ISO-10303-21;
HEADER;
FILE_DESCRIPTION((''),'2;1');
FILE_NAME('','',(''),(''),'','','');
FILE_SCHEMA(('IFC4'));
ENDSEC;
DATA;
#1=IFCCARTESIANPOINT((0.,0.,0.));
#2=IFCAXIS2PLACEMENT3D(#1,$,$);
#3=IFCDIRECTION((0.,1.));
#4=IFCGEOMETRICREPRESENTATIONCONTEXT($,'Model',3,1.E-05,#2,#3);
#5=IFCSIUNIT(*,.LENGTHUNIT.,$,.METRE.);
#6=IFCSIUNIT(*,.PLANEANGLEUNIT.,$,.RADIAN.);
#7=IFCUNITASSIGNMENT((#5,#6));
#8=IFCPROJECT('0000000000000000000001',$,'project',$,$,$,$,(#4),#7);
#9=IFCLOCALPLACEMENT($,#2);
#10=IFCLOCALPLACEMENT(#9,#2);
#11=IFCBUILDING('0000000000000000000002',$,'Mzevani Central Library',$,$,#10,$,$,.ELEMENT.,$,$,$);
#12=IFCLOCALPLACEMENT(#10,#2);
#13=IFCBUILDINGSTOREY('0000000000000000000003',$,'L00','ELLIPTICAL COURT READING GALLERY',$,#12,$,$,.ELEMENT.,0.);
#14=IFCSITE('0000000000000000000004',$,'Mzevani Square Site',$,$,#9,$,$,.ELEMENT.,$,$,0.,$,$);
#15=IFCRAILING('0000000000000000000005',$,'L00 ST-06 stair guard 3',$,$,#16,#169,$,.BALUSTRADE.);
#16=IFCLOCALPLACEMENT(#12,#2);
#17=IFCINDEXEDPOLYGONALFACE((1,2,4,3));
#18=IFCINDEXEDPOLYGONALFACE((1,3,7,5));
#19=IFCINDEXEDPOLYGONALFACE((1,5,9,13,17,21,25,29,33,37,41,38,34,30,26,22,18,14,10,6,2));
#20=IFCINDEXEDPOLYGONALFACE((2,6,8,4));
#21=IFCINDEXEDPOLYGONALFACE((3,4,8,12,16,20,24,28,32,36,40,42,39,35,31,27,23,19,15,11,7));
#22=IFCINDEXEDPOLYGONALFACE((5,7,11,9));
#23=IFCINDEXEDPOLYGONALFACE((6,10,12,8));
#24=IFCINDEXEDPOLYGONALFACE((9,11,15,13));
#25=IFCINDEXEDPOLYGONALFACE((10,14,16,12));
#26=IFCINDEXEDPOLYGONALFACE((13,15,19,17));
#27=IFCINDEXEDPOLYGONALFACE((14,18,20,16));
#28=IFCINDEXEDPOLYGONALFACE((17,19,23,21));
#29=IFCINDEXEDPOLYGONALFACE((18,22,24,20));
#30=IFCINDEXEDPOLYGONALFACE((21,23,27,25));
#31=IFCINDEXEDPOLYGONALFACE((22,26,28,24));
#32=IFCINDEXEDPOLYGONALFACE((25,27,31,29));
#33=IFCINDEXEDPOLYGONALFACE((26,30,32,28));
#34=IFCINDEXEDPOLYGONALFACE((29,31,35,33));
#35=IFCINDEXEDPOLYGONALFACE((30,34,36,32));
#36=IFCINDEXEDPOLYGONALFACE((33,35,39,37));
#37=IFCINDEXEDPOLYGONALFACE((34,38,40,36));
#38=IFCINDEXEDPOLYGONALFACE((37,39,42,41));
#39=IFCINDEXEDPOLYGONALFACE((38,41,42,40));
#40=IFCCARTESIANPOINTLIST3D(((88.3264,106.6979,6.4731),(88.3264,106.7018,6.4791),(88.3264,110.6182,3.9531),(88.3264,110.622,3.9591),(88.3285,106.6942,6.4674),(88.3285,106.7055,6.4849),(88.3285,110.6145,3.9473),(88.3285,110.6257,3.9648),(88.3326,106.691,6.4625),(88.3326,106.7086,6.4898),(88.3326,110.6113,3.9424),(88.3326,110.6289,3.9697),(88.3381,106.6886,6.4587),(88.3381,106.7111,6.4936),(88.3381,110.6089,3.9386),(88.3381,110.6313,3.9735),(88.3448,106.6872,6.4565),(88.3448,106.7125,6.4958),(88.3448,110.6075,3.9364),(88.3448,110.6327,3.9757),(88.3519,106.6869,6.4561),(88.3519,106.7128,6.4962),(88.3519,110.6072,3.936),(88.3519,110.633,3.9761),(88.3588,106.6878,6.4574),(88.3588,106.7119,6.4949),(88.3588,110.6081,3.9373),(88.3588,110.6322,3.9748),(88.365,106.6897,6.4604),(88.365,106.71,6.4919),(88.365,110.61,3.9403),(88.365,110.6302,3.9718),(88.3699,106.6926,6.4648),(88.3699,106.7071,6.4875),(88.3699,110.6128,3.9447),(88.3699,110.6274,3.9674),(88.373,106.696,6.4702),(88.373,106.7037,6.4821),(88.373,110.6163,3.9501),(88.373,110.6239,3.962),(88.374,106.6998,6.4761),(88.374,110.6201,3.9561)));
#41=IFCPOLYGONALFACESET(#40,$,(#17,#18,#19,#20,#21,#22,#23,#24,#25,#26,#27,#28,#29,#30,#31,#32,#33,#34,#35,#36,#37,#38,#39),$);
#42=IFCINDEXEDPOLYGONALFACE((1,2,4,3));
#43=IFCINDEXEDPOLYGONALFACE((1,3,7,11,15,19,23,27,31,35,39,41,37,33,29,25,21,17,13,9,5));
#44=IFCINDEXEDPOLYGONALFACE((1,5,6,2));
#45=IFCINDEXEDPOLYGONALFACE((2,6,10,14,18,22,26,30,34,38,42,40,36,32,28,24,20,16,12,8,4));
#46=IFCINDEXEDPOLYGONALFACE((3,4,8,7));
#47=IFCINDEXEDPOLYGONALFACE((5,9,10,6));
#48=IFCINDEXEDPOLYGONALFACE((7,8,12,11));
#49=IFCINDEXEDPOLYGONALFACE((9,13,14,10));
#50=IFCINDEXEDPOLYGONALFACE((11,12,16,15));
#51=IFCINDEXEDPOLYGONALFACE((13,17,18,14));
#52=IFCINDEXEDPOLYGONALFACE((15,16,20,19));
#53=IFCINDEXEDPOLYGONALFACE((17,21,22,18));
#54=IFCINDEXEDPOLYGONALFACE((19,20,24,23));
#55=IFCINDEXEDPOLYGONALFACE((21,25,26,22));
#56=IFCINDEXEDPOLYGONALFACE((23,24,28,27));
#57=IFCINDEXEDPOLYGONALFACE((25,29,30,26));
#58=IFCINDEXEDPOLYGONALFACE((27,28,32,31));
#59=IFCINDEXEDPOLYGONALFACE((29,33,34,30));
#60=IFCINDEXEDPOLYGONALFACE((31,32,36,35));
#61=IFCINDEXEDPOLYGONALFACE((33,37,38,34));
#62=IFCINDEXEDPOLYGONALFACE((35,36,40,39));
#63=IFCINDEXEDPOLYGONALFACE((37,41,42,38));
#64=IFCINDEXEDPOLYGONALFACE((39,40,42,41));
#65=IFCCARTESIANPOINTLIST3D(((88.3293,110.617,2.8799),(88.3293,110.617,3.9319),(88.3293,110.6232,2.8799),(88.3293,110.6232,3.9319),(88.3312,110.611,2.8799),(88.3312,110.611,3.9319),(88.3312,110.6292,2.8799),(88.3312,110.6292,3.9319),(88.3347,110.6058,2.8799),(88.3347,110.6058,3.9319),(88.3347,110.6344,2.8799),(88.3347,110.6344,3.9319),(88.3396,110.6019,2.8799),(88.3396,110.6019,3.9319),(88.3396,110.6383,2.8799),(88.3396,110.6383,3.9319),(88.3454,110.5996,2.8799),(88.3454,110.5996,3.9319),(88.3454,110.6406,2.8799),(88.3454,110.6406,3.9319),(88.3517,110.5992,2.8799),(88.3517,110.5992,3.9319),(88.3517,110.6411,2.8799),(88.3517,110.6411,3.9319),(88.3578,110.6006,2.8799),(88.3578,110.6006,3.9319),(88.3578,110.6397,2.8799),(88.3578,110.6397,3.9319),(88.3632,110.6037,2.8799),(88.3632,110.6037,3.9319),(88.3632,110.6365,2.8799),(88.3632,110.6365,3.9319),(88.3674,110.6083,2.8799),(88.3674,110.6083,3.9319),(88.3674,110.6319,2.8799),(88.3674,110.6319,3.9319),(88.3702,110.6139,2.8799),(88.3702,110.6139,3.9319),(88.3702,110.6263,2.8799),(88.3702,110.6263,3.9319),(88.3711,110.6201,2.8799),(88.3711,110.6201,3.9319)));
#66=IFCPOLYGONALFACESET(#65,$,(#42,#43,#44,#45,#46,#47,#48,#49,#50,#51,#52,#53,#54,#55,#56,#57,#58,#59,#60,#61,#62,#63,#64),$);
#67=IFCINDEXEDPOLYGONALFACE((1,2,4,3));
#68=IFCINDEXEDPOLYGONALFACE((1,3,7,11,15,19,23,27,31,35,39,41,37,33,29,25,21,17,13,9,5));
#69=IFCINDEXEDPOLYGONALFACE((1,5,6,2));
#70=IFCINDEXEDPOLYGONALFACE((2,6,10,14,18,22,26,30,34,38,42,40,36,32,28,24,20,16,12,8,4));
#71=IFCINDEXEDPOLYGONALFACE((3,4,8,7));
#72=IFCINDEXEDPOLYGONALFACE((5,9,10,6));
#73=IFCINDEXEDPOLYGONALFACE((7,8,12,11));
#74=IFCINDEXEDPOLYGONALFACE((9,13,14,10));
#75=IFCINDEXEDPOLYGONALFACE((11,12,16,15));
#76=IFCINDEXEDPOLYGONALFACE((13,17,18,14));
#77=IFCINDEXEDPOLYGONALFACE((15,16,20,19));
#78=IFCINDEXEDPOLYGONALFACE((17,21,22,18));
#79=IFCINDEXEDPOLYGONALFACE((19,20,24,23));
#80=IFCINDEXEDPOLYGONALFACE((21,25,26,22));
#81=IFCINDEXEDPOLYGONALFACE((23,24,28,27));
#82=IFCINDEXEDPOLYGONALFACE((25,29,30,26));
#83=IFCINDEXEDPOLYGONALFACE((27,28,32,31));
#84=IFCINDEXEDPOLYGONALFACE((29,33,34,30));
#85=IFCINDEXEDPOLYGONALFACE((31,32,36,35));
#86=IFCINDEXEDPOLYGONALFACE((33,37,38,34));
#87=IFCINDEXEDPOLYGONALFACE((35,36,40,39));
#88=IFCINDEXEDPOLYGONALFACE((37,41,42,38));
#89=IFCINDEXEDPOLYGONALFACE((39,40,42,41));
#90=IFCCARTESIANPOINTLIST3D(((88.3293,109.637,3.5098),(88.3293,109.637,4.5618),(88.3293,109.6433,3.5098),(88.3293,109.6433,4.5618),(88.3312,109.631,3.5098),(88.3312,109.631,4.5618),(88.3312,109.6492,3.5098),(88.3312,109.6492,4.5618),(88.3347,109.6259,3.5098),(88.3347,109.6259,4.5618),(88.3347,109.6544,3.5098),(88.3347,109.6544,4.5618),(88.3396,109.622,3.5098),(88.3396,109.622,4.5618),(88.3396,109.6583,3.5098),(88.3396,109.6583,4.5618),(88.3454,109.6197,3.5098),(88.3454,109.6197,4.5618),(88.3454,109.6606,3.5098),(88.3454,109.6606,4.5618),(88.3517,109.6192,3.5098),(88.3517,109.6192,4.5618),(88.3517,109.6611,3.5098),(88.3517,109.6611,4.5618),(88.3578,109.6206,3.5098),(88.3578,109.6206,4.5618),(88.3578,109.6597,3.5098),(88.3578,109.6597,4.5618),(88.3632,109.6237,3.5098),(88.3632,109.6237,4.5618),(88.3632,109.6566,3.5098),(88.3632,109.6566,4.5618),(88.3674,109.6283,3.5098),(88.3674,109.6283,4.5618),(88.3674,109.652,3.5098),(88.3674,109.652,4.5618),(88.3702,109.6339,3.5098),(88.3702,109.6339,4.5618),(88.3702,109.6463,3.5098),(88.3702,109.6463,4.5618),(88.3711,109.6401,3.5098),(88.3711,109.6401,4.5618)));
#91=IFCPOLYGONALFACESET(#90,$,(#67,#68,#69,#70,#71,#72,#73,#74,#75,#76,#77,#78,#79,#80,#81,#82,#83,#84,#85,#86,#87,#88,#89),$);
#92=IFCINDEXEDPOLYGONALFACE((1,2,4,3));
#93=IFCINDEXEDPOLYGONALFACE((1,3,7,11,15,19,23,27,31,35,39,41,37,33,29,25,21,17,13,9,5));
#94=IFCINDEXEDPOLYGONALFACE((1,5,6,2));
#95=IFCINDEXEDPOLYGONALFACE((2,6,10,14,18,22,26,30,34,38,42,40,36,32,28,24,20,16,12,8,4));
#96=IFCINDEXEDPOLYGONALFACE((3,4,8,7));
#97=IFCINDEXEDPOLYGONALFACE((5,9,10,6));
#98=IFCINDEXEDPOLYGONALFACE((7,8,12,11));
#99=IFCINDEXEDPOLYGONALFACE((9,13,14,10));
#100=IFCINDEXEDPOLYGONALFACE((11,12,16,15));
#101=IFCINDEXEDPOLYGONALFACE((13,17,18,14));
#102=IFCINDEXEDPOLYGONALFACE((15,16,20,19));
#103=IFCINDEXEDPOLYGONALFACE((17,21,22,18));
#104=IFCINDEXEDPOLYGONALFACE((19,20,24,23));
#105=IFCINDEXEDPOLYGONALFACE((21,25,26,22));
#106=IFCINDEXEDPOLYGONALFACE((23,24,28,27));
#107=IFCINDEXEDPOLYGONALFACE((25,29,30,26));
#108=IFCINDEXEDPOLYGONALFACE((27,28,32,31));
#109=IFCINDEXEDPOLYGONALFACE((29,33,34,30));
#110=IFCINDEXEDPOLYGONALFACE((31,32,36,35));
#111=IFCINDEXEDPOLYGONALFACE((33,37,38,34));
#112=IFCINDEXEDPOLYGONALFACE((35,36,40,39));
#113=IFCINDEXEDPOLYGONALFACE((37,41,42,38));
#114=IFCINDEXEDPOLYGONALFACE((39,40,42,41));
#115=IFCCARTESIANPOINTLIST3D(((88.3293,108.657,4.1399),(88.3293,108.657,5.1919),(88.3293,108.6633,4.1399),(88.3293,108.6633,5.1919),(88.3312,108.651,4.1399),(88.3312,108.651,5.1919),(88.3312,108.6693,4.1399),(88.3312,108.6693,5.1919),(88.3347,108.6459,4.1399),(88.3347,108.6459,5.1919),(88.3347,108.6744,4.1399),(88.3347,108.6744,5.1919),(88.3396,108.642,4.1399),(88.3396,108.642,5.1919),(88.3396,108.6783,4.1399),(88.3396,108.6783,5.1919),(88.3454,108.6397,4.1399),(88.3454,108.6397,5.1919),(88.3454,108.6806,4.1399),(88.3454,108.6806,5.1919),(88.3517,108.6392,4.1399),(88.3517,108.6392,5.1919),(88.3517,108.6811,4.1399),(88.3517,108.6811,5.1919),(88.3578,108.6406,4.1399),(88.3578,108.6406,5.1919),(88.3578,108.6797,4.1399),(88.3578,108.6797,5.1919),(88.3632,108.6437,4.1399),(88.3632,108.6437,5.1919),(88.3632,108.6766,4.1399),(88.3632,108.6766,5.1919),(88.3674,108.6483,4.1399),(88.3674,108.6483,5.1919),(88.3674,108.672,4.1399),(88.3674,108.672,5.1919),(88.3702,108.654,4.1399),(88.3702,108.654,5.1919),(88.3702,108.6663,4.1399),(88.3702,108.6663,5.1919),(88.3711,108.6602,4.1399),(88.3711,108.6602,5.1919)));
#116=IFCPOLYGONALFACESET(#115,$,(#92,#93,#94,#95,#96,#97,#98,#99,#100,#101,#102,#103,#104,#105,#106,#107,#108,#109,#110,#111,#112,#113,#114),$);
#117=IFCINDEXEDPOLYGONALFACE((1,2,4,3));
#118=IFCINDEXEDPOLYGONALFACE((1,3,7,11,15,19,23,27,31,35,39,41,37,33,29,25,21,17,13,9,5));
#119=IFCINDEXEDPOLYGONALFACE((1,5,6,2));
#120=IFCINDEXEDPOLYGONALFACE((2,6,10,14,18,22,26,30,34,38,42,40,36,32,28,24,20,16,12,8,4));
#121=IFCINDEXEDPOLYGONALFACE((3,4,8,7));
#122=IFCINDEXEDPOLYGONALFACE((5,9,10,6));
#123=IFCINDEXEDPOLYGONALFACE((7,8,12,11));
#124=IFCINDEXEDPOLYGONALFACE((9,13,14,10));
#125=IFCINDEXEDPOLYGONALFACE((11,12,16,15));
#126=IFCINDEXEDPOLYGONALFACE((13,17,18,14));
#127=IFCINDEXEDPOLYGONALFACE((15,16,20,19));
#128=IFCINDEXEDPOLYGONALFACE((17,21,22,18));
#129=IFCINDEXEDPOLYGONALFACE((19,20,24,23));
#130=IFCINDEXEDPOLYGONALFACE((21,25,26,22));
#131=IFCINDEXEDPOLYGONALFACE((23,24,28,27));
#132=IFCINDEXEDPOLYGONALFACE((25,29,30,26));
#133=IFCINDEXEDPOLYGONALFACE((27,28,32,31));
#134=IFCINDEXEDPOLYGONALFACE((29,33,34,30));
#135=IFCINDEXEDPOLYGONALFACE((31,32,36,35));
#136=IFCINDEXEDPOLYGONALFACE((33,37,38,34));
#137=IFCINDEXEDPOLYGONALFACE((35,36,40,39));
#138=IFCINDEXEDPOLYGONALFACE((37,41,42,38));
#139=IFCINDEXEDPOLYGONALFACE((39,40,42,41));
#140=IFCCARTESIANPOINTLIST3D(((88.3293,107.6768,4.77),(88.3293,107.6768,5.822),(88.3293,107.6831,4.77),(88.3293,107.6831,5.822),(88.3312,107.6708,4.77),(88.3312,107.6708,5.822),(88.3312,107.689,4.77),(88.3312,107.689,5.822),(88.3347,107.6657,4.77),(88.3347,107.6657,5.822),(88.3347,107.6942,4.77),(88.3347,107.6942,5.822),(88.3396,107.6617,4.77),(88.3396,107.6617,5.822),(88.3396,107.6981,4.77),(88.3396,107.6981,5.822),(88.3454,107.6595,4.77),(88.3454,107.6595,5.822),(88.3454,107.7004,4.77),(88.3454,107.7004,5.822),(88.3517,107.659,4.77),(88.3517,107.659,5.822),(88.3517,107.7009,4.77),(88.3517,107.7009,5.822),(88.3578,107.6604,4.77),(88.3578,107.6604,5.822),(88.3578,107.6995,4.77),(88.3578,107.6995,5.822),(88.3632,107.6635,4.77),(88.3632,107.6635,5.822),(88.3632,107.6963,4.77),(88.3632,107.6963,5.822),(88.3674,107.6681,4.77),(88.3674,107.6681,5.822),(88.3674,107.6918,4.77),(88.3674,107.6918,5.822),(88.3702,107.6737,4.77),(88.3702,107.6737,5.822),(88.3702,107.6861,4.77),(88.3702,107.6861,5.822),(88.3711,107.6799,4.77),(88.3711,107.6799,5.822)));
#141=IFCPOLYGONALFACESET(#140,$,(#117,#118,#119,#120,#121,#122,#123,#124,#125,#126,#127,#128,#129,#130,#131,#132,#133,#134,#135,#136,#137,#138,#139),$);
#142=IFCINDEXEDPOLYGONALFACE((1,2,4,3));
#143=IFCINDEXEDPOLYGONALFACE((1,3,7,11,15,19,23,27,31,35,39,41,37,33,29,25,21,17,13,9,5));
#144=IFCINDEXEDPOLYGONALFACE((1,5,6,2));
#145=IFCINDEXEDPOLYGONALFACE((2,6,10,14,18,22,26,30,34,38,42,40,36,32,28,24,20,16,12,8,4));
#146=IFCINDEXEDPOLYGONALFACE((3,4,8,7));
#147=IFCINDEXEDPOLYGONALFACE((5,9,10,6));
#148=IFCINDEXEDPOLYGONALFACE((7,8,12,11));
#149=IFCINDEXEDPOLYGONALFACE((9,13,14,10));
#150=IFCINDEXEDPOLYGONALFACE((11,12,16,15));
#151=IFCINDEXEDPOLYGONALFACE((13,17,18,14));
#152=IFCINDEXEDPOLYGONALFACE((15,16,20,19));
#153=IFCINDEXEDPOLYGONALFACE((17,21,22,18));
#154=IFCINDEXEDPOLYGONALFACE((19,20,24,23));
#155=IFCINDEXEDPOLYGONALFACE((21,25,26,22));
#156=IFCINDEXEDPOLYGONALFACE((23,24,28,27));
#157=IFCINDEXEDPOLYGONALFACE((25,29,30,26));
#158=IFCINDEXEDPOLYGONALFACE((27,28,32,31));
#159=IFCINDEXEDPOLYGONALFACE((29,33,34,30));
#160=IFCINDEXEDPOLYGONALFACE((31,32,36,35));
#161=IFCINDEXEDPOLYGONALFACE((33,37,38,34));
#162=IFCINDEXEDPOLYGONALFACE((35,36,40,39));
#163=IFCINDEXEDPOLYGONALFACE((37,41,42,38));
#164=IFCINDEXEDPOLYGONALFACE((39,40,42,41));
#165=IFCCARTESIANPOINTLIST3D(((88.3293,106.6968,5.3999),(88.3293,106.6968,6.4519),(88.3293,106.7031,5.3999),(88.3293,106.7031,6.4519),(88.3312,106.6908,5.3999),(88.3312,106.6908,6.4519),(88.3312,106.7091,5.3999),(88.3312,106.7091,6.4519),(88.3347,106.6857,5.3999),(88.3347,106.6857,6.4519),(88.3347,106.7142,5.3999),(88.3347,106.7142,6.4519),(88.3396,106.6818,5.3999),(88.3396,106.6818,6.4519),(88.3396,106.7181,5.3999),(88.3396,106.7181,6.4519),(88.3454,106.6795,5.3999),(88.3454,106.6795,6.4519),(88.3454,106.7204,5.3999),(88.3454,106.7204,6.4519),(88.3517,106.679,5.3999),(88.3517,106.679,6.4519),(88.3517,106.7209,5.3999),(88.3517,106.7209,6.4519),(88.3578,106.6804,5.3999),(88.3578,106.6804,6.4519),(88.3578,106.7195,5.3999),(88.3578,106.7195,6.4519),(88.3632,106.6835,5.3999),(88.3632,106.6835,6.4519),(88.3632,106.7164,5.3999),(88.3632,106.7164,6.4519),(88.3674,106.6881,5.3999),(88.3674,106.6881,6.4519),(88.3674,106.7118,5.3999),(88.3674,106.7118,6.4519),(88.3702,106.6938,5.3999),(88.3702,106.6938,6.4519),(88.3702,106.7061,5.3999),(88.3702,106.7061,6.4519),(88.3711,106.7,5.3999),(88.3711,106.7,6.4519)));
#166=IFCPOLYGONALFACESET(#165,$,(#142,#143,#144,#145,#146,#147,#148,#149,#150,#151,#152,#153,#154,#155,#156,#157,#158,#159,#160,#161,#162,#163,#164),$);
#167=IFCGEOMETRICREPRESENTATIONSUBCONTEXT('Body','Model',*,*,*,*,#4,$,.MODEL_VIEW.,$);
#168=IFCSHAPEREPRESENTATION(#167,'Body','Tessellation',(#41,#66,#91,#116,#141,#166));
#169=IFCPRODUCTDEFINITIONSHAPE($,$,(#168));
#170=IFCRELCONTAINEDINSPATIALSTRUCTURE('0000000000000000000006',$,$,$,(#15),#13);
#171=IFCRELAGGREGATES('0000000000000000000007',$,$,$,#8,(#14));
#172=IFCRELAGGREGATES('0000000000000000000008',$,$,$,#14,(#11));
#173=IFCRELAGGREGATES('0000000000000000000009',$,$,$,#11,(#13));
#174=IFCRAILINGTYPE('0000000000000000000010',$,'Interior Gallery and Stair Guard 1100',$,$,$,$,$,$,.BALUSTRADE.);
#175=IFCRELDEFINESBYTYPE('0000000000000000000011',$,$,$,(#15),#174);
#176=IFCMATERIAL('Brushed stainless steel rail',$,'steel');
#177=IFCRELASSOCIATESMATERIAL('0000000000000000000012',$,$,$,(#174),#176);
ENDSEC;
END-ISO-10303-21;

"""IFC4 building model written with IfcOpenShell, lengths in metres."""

from ifc_helpers import new_model, si_unit, direction, frame, origin, origin_2d, place, context, subcontext, project, spatial, circle, extrude, material, type_object, element, save


model = new_model("IFC4")

# Units and contexts
model_context = context("Model", 3, precision=1e-05, world=origin(), true_north=direction((0.0, 1.0)))
body_context = subcontext(model_context, "Body", "Model", "MODEL_VIEW")
ifc_project = project(units=[si_unit("LENGTHUNIT", "METRE"), si_unit("PLANEANGLEUNIT", "RADIAN")], contexts=[model_context])

# Site, building, storey
site_placement = place(None, origin())
site = spatial("IfcSite", under=ifc_project, at=site_placement, Name="Mzevani Square Site", CompositionType="ELEMENT", RefElevation=0.0)
building_placement = place(site_placement, origin())
building = spatial("IfcBuilding", under=site, at=building_placement, Name="Mzevani Central Library", CompositionType="ELEMENT")
storey_placement = place(building_placement, origin())
storey = spatial("IfcBuildingStorey", under=building, at=storey_placement, Name="L00", Description="ELLIPTICAL COURT READING GALLERY", CompositionType="ELEMENT", Elevation=0.0)

# Railing
ifc_material_1 = material(Name="Brushed stainless steel rail", Category="steel")
railing_type_1 = type_object("IfcRailingType", Name="Interior Gallery and Stair Guard 1100", PredefinedType="BALUSTRADE", material=ifc_material_1)
railing_1_placement = place(storey_placement, frame((88.3501, 110.6201, 2.8799)))
element("IfcRailing", 1, at=railing_1_placement, inside=storey, type_object=railing_type_1, Name="L00 ST-06 stair guard 3", PredefinedType="BALUSTRADE", context=body_context, shape_type="SweptSolid", body=[
    extrude(circle(Radius=0.0239, at=origin_2d()), frame((0.0, 0.0, 1.0762), z_axis=(0.0, -0.841187, 0.540744), x_axis=(1.0, 0.0, 0.0)), (0.0, 0.0, 1.0), 4.6604),
    extrude(circle(Radius=0.021, at=origin_2d()), origin(), (0.0, 0.0, 1.0), 1.052),
    extrude(circle(Radius=0.021, at=origin_2d()), frame((0.0, -0.98, 0.6299)), (0.0, 0.0, 1.0), 1.052),
    extrude(circle(Radius=0.021, at=origin_2d()), frame((0.0, -1.96, 1.26)), (0.0, 0.0, 1.0), 1.052),
    extrude(circle(Radius=0.021, at=origin_2d()), frame((0.0, -2.9402, 1.8901)), (0.0, 0.0, 1.0), 1.052),
    extrude(circle(Radius=0.021, at=origin_2d()), frame((0.0, -3.9202, 2.52)), (0.0, 0.0, 1.0), 1.052),
])

save(model, "model.ifc")
